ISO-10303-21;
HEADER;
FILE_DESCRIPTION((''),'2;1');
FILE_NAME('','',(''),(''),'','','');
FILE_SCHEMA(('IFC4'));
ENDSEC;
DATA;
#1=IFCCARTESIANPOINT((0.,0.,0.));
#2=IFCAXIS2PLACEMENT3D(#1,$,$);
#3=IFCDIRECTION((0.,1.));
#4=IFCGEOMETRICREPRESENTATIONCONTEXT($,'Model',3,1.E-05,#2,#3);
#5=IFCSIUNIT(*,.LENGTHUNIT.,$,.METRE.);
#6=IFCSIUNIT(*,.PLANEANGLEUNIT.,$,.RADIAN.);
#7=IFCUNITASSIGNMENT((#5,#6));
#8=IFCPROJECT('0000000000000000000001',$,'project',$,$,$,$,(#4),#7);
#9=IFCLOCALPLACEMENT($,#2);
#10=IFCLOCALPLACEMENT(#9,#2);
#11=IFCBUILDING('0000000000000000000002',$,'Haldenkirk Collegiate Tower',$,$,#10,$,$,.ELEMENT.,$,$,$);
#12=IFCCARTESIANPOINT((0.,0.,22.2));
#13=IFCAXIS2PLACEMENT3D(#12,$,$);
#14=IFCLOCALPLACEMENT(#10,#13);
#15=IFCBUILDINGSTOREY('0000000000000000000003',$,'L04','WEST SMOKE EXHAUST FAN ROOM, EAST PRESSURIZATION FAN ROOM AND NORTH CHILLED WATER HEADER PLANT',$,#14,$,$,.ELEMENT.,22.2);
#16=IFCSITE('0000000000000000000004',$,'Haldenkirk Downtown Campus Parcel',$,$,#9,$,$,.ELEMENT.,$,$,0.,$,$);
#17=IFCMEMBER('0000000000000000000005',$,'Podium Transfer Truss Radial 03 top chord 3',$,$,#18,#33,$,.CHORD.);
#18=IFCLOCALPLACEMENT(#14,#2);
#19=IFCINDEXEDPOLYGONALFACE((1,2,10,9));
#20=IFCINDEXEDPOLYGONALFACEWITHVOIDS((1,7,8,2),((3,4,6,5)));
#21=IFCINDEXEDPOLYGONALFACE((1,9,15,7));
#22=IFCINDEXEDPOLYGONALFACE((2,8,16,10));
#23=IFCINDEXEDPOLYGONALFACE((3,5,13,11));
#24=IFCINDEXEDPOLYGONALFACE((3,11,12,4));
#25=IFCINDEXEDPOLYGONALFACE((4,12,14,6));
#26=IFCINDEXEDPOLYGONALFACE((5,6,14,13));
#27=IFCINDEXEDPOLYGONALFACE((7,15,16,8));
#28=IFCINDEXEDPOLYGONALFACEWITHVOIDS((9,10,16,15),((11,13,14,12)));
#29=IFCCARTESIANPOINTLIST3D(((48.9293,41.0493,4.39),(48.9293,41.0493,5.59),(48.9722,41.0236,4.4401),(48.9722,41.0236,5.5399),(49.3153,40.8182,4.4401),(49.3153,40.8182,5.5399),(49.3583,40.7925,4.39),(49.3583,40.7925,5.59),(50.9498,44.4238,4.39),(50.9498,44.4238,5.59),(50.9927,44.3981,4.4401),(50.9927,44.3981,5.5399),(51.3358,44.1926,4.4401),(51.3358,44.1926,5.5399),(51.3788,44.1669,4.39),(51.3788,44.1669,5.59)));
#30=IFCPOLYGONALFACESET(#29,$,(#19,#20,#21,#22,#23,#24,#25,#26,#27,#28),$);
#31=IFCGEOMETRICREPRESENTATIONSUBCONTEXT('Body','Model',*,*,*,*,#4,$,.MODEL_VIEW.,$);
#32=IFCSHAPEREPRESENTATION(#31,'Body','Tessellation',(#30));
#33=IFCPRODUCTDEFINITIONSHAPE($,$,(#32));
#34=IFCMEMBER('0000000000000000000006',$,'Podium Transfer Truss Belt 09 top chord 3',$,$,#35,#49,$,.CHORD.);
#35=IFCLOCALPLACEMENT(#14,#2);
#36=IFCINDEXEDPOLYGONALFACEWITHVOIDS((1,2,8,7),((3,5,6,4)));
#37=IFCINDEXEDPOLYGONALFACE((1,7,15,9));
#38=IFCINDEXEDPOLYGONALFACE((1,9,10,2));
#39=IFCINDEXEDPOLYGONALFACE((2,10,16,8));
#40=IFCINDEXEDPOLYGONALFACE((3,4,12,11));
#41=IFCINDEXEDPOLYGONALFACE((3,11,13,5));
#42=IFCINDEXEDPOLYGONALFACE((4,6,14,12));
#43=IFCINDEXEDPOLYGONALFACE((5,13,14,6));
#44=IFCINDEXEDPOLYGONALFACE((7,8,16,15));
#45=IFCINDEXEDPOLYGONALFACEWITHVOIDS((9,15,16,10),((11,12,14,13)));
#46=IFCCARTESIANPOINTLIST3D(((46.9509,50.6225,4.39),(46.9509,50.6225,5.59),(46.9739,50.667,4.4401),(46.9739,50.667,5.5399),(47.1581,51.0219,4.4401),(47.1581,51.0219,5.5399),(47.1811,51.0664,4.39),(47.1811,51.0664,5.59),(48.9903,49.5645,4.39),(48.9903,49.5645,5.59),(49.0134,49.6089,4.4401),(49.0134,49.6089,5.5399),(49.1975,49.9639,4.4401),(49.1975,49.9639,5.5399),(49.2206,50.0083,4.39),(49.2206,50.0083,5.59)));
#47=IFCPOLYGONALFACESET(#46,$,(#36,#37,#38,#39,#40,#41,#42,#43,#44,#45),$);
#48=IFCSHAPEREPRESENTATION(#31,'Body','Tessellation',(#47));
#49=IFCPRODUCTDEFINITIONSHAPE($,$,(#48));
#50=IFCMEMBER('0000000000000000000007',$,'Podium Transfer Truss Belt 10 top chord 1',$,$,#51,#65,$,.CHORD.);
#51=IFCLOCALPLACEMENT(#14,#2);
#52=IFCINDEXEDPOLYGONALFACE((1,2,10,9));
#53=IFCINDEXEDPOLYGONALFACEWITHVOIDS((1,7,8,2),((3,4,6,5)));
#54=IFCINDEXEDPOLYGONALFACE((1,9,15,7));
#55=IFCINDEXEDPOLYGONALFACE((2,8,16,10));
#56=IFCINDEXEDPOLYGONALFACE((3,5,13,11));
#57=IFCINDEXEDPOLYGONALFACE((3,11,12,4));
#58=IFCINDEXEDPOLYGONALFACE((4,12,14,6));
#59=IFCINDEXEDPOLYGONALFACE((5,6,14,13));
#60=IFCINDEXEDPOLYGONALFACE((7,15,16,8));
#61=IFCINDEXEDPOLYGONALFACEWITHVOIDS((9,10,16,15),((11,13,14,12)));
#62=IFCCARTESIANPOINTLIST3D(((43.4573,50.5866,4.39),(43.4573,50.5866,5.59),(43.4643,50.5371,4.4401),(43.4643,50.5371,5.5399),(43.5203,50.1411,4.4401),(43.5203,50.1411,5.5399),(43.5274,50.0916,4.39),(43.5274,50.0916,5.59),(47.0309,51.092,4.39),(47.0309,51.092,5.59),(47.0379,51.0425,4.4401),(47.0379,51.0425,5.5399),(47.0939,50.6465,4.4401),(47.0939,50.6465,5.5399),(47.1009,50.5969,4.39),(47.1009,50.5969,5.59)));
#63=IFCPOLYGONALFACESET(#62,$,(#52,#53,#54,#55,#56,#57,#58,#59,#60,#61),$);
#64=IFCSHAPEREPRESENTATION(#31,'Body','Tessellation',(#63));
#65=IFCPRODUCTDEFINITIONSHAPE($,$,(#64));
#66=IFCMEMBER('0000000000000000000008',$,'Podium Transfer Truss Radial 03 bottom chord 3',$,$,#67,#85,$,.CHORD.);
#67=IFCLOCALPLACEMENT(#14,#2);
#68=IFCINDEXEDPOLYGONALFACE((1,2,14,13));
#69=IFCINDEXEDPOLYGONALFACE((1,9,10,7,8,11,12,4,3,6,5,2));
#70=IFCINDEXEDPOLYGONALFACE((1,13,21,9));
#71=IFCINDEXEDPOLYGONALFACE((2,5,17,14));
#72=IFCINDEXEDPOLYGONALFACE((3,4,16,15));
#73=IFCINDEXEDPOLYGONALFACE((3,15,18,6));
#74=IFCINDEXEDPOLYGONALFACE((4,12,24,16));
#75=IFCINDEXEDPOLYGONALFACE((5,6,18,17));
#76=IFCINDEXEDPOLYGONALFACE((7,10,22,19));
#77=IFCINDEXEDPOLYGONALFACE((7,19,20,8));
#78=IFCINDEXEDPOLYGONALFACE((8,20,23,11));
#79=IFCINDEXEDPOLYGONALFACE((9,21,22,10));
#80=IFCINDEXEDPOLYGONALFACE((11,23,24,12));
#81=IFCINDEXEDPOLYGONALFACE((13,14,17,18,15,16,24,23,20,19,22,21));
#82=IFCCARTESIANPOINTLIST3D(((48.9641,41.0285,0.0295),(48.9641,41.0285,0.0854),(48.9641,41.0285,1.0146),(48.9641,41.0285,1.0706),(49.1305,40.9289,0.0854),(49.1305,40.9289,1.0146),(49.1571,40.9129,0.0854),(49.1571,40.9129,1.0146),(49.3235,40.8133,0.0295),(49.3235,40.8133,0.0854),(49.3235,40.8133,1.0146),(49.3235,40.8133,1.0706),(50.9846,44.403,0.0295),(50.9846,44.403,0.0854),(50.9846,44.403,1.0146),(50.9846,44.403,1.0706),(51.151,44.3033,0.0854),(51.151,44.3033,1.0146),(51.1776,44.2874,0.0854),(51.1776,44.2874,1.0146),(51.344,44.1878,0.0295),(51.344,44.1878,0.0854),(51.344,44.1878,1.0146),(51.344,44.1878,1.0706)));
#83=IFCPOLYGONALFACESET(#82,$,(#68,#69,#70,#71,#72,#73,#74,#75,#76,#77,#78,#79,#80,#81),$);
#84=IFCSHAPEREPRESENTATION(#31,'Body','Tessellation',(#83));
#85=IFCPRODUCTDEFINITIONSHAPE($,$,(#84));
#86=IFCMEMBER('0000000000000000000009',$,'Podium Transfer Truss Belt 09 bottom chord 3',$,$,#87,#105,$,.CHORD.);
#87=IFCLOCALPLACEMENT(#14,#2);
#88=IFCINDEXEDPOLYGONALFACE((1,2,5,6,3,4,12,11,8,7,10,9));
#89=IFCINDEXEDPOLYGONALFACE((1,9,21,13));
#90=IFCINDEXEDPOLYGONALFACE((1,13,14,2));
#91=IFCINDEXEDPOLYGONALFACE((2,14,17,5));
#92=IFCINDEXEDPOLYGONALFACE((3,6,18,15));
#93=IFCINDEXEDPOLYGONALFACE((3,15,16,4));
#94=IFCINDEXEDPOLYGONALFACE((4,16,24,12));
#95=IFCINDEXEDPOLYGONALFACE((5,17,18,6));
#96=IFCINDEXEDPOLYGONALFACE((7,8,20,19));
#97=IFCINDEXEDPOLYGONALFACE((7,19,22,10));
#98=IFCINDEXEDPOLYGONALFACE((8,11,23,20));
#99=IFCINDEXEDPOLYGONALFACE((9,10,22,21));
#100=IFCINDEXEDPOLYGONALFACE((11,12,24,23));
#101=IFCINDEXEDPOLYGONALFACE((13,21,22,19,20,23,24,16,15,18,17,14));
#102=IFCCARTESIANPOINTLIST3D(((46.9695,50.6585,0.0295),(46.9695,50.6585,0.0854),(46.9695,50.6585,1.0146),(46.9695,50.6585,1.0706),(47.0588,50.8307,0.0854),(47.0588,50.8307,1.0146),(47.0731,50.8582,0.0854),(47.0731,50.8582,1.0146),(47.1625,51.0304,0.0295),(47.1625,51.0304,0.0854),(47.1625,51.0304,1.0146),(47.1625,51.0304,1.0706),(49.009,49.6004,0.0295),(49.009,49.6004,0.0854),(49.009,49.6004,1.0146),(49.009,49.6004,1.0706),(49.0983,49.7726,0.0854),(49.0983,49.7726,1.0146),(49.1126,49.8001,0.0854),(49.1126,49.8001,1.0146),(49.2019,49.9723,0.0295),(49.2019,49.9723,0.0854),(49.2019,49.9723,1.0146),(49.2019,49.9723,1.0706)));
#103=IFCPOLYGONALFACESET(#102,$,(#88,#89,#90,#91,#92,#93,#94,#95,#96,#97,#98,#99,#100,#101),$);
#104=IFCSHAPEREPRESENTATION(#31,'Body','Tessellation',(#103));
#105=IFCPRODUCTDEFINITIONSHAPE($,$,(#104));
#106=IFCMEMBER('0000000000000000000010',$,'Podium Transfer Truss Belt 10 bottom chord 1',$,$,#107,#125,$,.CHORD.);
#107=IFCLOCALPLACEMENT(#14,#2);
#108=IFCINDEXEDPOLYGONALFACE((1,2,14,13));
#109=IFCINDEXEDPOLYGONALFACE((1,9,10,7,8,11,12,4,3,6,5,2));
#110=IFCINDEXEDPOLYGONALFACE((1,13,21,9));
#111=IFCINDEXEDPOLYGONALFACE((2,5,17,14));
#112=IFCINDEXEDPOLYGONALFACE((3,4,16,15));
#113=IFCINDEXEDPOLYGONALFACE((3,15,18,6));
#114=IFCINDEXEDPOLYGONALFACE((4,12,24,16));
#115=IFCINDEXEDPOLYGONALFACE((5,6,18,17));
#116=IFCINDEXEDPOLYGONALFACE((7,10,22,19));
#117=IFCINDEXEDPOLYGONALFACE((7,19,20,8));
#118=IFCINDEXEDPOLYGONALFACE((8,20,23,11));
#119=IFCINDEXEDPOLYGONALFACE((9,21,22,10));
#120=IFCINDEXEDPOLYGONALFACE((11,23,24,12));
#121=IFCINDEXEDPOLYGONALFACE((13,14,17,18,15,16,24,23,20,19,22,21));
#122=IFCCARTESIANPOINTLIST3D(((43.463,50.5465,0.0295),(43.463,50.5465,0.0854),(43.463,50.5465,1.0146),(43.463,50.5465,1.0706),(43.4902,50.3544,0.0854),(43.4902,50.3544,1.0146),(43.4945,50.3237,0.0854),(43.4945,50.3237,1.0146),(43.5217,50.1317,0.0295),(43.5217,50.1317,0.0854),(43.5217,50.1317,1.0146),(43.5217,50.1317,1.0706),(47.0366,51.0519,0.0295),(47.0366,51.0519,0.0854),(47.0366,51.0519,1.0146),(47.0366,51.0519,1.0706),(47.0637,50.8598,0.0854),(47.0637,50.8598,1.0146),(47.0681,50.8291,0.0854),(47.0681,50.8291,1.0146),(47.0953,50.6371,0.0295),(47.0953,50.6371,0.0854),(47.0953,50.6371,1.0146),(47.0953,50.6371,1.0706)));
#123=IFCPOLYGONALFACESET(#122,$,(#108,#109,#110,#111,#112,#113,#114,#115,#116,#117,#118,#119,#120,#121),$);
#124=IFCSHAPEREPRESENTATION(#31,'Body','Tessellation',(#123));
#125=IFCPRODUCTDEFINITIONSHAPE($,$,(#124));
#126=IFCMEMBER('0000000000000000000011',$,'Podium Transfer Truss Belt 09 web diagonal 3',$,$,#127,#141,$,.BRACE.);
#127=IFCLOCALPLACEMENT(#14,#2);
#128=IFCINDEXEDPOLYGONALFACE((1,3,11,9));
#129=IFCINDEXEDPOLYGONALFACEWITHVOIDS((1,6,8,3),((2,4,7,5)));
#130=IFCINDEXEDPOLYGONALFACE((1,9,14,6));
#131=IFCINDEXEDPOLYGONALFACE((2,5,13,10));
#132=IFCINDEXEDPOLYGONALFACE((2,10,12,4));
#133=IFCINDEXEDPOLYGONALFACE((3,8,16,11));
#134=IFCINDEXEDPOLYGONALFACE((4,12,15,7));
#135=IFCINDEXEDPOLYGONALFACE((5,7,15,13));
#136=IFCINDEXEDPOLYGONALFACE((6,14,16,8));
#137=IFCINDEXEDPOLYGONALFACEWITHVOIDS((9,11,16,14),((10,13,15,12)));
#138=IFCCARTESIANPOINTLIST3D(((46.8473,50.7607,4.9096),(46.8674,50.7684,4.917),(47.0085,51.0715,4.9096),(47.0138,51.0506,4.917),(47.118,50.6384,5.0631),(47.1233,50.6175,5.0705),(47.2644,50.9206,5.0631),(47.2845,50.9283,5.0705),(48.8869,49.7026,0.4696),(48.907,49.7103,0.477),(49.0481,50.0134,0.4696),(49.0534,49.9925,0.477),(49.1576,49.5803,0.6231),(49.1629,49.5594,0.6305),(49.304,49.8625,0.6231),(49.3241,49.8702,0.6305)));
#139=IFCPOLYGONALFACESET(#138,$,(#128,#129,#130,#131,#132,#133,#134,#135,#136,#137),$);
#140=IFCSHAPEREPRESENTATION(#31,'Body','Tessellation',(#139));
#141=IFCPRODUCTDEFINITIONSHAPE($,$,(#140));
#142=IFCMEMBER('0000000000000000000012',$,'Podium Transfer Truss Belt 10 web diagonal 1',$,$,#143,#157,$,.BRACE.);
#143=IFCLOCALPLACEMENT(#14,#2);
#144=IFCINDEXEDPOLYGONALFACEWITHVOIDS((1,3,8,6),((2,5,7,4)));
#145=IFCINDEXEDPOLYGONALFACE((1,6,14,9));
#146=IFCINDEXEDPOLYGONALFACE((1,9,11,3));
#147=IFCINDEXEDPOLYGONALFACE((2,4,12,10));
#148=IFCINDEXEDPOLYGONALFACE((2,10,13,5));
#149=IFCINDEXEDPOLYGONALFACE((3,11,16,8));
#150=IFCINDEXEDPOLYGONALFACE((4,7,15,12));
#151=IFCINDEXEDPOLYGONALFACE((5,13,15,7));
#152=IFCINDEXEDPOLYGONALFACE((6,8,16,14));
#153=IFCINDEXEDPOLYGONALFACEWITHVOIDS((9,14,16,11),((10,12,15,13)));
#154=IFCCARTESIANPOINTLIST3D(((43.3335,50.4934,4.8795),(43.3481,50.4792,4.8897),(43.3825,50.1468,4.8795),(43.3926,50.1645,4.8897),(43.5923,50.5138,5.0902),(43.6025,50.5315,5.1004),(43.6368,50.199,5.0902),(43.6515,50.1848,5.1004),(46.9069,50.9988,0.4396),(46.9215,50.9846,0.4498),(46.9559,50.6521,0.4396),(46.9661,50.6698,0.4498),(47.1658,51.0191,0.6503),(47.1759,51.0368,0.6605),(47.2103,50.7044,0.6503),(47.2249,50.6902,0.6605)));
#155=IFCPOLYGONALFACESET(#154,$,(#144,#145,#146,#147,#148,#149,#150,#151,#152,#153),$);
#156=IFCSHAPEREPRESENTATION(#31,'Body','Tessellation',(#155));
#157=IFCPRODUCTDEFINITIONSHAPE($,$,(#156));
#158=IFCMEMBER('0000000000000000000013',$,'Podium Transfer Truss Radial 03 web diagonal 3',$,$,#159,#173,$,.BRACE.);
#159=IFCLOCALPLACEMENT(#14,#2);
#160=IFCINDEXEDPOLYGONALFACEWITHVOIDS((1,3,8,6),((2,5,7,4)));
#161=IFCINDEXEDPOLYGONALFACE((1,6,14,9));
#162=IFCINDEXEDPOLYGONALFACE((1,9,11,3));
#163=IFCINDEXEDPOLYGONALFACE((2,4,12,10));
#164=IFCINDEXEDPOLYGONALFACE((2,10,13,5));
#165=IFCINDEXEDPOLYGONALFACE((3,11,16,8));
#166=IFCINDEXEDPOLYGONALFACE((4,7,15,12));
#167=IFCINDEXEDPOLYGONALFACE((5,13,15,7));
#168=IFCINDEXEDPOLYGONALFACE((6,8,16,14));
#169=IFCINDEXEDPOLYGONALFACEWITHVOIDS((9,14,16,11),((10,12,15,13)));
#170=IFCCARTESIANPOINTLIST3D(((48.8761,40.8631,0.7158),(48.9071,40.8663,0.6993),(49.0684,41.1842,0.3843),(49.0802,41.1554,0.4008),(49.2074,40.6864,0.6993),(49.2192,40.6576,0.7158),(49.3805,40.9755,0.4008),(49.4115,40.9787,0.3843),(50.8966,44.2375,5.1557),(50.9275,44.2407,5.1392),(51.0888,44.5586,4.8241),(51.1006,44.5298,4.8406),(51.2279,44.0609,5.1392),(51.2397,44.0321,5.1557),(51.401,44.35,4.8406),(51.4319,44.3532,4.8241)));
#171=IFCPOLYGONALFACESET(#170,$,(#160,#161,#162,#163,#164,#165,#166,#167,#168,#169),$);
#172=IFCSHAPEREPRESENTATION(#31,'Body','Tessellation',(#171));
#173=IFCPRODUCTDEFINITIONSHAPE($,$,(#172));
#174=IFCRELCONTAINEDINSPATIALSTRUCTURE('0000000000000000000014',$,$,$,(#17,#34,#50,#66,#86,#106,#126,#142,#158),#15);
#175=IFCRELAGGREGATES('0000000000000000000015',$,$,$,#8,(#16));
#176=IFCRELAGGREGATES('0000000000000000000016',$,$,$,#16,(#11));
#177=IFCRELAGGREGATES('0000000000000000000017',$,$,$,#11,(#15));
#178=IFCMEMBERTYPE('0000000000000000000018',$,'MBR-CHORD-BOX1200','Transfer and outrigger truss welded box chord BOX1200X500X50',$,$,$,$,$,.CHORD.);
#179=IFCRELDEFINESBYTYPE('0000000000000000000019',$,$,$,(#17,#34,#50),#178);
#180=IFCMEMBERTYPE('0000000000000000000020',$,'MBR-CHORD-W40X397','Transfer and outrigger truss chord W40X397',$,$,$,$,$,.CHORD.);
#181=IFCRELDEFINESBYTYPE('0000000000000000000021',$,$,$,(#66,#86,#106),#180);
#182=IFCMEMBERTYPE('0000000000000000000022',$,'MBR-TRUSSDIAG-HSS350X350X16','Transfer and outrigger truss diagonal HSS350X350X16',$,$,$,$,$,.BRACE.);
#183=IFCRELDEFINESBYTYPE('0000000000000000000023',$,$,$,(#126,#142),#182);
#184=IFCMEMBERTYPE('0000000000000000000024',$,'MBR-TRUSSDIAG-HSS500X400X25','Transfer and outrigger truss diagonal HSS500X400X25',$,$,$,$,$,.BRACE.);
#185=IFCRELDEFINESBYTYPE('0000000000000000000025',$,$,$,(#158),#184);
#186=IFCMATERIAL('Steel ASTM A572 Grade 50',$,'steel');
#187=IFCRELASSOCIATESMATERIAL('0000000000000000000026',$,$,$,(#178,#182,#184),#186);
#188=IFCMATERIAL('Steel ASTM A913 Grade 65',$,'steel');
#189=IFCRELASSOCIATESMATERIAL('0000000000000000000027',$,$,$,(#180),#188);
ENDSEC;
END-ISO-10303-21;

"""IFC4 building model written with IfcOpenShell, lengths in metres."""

from ifc_helpers import new_model, si_unit, direction, frame, origin, origin_2d, place, context, subcontext, project, spatial, hollow_rectangle, i_section, extrude, material, material_profile, profile_set, type_object, element, save


model = new_model("IFC4")

# Units and contexts
model_context = context("Model", 3, precision=1e-05, world=origin(), true_north=direction((0.0, 1.0)))
body_context = subcontext(model_context, "Body", "Model", "MODEL_VIEW")
ifc_project = project(units=[si_unit("LENGTHUNIT", "METRE"), si_unit("PLANEANGLEUNIT", "RADIAN")], contexts=[model_context])

# Site, building, storey
site_placement = place(None, origin())
site = spatial("IfcSite", under=ifc_project, at=site_placement, Name="Haldenkirk Downtown Campus Parcel", CompositionType="ELEMENT", RefElevation=0.0)
building_placement = place(site_placement, origin())
building = spatial("IfcBuilding", under=site, at=building_placement, Name="Haldenkirk Collegiate Tower", CompositionType="ELEMENT")
storey_placement = place(building_placement, frame((0.0, 0.0, 22.2)))
storey = spatial("IfcBuildingStorey", under=building, at=storey_placement, Name="L04", Description="WEST SMOKE EXHAUST FAN ROOM, EAST PRESSURIZATION FAN ROOM AND NORTH CHILLED WATER HEADER PLANT", CompositionType="ELEMENT", Elevation=22.2)

# Members
ifc_material_1 = material(Name="Steel ASTM A572 Grade 50", Category="steel")
ifc_material_profile_1 = material_profile(ifc_material_1, hollow_rectangle(XDim=0.5, YDim=1.2, WallThickness=0.05, at=origin_2d()), Name="BOX1200X500X50")
ifc_profile_set_1 = profile_set([ifc_material_profile_1], Name="Steel ASTM A572 Grade 50")
member_type_1 = type_object("IfcMemberType", Name="MBR-CHORD-BOX1200", Description="Transfer and outrigger truss welded box chord BOX1200X500X50", PredefinedType="CHORD", material=ifc_profile_set_1)
member_1_placement = place(storey_placement, frame((49.1438, 40.9209, 4.99), z_axis=(0.513711, 0.857964, 0.0), x_axis=(-0.857964, 0.513711, 0.0)))
element("IfcMember", 1, at=member_1_placement, inside=storey, type_object=member_type_1, Name="Podium Transfer Truss Radial 03 top chord 3", PredefinedType="CHORD", context=body_context, shape_type="SweptSolid", body=[
    extrude(hollow_rectangle(XDim=0.5, YDim=1.2, WallThickness=0.05, at=origin_2d()), origin(), (0.0, 0.0, 1.0), 3.9331),
])
member_2_placement = place(storey_placement, frame((49.1055, 49.7864, 4.99), z_axis=(-0.887655, 0.460509, 0.0), x_axis=(-0.460509, -0.887655, 0.0)))
element("IfcMember", 2, at=member_2_placement, inside=storey, type_object=member_type_1, Name="Podium Transfer Truss Belt 09 top chord 3", PredefinedType="CHORD", context=body_context, shape_type="SweptSolid", body=[
    extrude(hollow_rectangle(XDim=0.5, YDim=1.2, WallThickness=0.05, at=origin_2d()), origin(), (0.0, 0.0, 1.0), 2.2976),
])
member_3_placement = place(storey_placement, frame((47.0659, 50.8445, 4.99), z_axis=(-0.990147, -0.140029, 0.0), x_axis=(0.140029, -0.990147, 0.0)))
element("IfcMember", 3, at=member_3_placement, inside=storey, type_object=member_type_1, Name="Podium Transfer Truss Belt 10 top chord 1", PredefinedType="CHORD", context=body_context, shape_type="SweptSolid", body=[
    extrude(hollow_rectangle(XDim=0.5, YDim=1.2, WallThickness=0.05, at=origin_2d()), origin(), (0.0, 0.0, 1.0), 3.6091),
])
ifc_material_2 = material(Name="Steel ASTM A913 Grade 65", Category="steel")
ifc_material_profile_2 = material_profile(ifc_material_2, i_section(OverallWidth=0.4189, OverallDepth=1.041, WebThickness=0.031, FlangeThickness=0.0559, at=origin_2d()), Name="W40X397")
ifc_profile_set_2 = profile_set([ifc_material_profile_2], Name="Steel ASTM A913 Grade 65")
member_type_2 = type_object("IfcMemberType", Name="MBR-CHORD-W40X397", Description="Transfer and outrigger truss chord W40X397", PredefinedType="CHORD", material=ifc_profile_set_2)
member_4_placement = place(storey_placement, frame((49.1438, 40.9209, 0.55), z_axis=(0.513711, 0.857964, 0.0), x_axis=(-0.857964, 0.513711, 0.0)))
element("IfcMember", 4, at=member_4_placement, inside=storey, type_object=member_type_2, Name="Podium Transfer Truss Radial 03 bottom chord 3", PredefinedType="CHORD", context=body_context, shape_type="SweptSolid", body=[
    extrude(i_section(OverallWidth=0.4189, OverallDepth=1.041, WebThickness=0.031, FlangeThickness=0.0559, at=origin_2d()), origin(), (0.0, 0.0, 1.0), 3.9331),
])
member_5_placement = place(storey_placement, frame((49.1055, 49.7864, 0.55), z_axis=(-0.887655, 0.460509, 0.0), x_axis=(-0.460509, -0.887655, 0.0)))
element("IfcMember", 5, at=member_5_placement, inside=storey, type_object=member_type_2, Name="Podium Transfer Truss Belt 09 bottom chord 3", PredefinedType="CHORD", context=body_context, shape_type="SweptSolid", body=[
    extrude(i_section(OverallWidth=0.4189, OverallDepth=1.041, WebThickness=0.031, FlangeThickness=0.0559, at=origin_2d()), origin(), (0.0, 0.0, 1.0), 2.2976),
])
member_6_placement = place(storey_placement, frame((47.0659, 50.8445, 0.55), z_axis=(-0.990147, -0.140029, 0.0), x_axis=(0.140029, -0.990147, 0.0)))
element("IfcMember", 6, at=member_6_placement, inside=storey, type_object=member_type_2, Name="Podium Transfer Truss Belt 10 bottom chord 1", PredefinedType="CHORD", context=body_context, shape_type="SweptSolid", body=[
    extrude(i_section(OverallWidth=0.4189, OverallDepth=1.041, WebThickness=0.031, FlangeThickness=0.0559, at=origin_2d()), origin(), (0.0, 0.0, 1.0), 3.6091),
])
ifc_material_profile_3 = material_profile(ifc_material_1, hollow_rectangle(XDim=0.3501, YDim=0.3501, WallThickness=0.0161, at=origin_2d()), Name="HSS350X350X16")
ifc_profile_set_3 = profile_set([ifc_material_profile_3], Name="Steel ASTM A572 Grade 50")
member_type_3 = type_object("IfcMemberType", Name="MBR-TRUSSDIAG-HSS350X350X16", Description="Transfer and outrigger truss diagonal HSS350X350X16", PredefinedType="BRACE", material=ifc_profile_set_3)
member_7_placement = place(storey_placement, frame((49.1055, 49.7864, 0.55), z_axis=(-0.407972, 0.211653, 0.888123), x_axis=(-0.460509, -0.887655, 0.0)))
element("IfcMember", 7, at=member_7_placement, inside=storey, type_object=member_type_3, Name="Podium Transfer Truss Belt 09 web diagonal 3", PredefinedType="BRACE", context=body_context, shape_type="SweptSolid", body=[
    extrude(hollow_rectangle(XDim=0.3501, YDim=0.3501, WallThickness=0.0161, at=origin_2d()), origin(), (0.0, 0.0, 1.0), 4.9993),
])
member_8_placement = place(storey_placement, frame((47.0659, 50.8445, 0.55), z_axis=(-0.624546, -0.088325, 0.775978), x_axis=(0.140029, -0.990147, 0.0)))
element("IfcMember", 8, at=member_8_placement, inside=storey, type_object=member_type_3, Name="Podium Transfer Truss Belt 10 web diagonal 1", PredefinedType="BRACE", context=body_context, shape_type="SweptSolid", body=[
    extrude(hollow_rectangle(XDim=0.3501, YDim=0.3501, WallThickness=0.0161, at=origin_2d()), origin(), (0.0, 0.0, 1.0), 5.7217),
])
ifc_material_profile_4 = material_profile(ifc_material_1, hollow_rectangle(XDim=0.3999, YDim=0.5, WallThickness=0.0249, at=origin_2d()), Name="HSS500X400X25")
ifc_profile_set_4 = profile_set([ifc_material_profile_4], Name="Steel ASTM A572 Grade 50")
member_type_4 = type_object("IfcMemberType", Name="MBR-TRUSSDIAG-HSS500X400X25", Description="Transfer and outrigger truss diagonal HSS500X400X25", PredefinedType="BRACE", material=ifc_profile_set_4)
member_9_placement = place(storey_placement, frame((49.1438, 40.9209, 0.55), z_axis=(0.340639, 0.568912, 0.748534), x_axis=(-0.857964, 0.513711, 0.0)))
element("IfcMember", 9, at=member_9_placement, inside=storey, type_object=member_type_4, Name="Podium Transfer Truss Radial 03 web diagonal 3", PredefinedType="BRACE", context=body_context, shape_type="SweptSolid", body=[
    extrude(hollow_rectangle(XDim=0.3999, YDim=0.5, WallThickness=0.0249, at=origin_2d()), origin(), (0.0, 0.0, 1.0), 5.9314),
])

save(model, "model.ifc")
